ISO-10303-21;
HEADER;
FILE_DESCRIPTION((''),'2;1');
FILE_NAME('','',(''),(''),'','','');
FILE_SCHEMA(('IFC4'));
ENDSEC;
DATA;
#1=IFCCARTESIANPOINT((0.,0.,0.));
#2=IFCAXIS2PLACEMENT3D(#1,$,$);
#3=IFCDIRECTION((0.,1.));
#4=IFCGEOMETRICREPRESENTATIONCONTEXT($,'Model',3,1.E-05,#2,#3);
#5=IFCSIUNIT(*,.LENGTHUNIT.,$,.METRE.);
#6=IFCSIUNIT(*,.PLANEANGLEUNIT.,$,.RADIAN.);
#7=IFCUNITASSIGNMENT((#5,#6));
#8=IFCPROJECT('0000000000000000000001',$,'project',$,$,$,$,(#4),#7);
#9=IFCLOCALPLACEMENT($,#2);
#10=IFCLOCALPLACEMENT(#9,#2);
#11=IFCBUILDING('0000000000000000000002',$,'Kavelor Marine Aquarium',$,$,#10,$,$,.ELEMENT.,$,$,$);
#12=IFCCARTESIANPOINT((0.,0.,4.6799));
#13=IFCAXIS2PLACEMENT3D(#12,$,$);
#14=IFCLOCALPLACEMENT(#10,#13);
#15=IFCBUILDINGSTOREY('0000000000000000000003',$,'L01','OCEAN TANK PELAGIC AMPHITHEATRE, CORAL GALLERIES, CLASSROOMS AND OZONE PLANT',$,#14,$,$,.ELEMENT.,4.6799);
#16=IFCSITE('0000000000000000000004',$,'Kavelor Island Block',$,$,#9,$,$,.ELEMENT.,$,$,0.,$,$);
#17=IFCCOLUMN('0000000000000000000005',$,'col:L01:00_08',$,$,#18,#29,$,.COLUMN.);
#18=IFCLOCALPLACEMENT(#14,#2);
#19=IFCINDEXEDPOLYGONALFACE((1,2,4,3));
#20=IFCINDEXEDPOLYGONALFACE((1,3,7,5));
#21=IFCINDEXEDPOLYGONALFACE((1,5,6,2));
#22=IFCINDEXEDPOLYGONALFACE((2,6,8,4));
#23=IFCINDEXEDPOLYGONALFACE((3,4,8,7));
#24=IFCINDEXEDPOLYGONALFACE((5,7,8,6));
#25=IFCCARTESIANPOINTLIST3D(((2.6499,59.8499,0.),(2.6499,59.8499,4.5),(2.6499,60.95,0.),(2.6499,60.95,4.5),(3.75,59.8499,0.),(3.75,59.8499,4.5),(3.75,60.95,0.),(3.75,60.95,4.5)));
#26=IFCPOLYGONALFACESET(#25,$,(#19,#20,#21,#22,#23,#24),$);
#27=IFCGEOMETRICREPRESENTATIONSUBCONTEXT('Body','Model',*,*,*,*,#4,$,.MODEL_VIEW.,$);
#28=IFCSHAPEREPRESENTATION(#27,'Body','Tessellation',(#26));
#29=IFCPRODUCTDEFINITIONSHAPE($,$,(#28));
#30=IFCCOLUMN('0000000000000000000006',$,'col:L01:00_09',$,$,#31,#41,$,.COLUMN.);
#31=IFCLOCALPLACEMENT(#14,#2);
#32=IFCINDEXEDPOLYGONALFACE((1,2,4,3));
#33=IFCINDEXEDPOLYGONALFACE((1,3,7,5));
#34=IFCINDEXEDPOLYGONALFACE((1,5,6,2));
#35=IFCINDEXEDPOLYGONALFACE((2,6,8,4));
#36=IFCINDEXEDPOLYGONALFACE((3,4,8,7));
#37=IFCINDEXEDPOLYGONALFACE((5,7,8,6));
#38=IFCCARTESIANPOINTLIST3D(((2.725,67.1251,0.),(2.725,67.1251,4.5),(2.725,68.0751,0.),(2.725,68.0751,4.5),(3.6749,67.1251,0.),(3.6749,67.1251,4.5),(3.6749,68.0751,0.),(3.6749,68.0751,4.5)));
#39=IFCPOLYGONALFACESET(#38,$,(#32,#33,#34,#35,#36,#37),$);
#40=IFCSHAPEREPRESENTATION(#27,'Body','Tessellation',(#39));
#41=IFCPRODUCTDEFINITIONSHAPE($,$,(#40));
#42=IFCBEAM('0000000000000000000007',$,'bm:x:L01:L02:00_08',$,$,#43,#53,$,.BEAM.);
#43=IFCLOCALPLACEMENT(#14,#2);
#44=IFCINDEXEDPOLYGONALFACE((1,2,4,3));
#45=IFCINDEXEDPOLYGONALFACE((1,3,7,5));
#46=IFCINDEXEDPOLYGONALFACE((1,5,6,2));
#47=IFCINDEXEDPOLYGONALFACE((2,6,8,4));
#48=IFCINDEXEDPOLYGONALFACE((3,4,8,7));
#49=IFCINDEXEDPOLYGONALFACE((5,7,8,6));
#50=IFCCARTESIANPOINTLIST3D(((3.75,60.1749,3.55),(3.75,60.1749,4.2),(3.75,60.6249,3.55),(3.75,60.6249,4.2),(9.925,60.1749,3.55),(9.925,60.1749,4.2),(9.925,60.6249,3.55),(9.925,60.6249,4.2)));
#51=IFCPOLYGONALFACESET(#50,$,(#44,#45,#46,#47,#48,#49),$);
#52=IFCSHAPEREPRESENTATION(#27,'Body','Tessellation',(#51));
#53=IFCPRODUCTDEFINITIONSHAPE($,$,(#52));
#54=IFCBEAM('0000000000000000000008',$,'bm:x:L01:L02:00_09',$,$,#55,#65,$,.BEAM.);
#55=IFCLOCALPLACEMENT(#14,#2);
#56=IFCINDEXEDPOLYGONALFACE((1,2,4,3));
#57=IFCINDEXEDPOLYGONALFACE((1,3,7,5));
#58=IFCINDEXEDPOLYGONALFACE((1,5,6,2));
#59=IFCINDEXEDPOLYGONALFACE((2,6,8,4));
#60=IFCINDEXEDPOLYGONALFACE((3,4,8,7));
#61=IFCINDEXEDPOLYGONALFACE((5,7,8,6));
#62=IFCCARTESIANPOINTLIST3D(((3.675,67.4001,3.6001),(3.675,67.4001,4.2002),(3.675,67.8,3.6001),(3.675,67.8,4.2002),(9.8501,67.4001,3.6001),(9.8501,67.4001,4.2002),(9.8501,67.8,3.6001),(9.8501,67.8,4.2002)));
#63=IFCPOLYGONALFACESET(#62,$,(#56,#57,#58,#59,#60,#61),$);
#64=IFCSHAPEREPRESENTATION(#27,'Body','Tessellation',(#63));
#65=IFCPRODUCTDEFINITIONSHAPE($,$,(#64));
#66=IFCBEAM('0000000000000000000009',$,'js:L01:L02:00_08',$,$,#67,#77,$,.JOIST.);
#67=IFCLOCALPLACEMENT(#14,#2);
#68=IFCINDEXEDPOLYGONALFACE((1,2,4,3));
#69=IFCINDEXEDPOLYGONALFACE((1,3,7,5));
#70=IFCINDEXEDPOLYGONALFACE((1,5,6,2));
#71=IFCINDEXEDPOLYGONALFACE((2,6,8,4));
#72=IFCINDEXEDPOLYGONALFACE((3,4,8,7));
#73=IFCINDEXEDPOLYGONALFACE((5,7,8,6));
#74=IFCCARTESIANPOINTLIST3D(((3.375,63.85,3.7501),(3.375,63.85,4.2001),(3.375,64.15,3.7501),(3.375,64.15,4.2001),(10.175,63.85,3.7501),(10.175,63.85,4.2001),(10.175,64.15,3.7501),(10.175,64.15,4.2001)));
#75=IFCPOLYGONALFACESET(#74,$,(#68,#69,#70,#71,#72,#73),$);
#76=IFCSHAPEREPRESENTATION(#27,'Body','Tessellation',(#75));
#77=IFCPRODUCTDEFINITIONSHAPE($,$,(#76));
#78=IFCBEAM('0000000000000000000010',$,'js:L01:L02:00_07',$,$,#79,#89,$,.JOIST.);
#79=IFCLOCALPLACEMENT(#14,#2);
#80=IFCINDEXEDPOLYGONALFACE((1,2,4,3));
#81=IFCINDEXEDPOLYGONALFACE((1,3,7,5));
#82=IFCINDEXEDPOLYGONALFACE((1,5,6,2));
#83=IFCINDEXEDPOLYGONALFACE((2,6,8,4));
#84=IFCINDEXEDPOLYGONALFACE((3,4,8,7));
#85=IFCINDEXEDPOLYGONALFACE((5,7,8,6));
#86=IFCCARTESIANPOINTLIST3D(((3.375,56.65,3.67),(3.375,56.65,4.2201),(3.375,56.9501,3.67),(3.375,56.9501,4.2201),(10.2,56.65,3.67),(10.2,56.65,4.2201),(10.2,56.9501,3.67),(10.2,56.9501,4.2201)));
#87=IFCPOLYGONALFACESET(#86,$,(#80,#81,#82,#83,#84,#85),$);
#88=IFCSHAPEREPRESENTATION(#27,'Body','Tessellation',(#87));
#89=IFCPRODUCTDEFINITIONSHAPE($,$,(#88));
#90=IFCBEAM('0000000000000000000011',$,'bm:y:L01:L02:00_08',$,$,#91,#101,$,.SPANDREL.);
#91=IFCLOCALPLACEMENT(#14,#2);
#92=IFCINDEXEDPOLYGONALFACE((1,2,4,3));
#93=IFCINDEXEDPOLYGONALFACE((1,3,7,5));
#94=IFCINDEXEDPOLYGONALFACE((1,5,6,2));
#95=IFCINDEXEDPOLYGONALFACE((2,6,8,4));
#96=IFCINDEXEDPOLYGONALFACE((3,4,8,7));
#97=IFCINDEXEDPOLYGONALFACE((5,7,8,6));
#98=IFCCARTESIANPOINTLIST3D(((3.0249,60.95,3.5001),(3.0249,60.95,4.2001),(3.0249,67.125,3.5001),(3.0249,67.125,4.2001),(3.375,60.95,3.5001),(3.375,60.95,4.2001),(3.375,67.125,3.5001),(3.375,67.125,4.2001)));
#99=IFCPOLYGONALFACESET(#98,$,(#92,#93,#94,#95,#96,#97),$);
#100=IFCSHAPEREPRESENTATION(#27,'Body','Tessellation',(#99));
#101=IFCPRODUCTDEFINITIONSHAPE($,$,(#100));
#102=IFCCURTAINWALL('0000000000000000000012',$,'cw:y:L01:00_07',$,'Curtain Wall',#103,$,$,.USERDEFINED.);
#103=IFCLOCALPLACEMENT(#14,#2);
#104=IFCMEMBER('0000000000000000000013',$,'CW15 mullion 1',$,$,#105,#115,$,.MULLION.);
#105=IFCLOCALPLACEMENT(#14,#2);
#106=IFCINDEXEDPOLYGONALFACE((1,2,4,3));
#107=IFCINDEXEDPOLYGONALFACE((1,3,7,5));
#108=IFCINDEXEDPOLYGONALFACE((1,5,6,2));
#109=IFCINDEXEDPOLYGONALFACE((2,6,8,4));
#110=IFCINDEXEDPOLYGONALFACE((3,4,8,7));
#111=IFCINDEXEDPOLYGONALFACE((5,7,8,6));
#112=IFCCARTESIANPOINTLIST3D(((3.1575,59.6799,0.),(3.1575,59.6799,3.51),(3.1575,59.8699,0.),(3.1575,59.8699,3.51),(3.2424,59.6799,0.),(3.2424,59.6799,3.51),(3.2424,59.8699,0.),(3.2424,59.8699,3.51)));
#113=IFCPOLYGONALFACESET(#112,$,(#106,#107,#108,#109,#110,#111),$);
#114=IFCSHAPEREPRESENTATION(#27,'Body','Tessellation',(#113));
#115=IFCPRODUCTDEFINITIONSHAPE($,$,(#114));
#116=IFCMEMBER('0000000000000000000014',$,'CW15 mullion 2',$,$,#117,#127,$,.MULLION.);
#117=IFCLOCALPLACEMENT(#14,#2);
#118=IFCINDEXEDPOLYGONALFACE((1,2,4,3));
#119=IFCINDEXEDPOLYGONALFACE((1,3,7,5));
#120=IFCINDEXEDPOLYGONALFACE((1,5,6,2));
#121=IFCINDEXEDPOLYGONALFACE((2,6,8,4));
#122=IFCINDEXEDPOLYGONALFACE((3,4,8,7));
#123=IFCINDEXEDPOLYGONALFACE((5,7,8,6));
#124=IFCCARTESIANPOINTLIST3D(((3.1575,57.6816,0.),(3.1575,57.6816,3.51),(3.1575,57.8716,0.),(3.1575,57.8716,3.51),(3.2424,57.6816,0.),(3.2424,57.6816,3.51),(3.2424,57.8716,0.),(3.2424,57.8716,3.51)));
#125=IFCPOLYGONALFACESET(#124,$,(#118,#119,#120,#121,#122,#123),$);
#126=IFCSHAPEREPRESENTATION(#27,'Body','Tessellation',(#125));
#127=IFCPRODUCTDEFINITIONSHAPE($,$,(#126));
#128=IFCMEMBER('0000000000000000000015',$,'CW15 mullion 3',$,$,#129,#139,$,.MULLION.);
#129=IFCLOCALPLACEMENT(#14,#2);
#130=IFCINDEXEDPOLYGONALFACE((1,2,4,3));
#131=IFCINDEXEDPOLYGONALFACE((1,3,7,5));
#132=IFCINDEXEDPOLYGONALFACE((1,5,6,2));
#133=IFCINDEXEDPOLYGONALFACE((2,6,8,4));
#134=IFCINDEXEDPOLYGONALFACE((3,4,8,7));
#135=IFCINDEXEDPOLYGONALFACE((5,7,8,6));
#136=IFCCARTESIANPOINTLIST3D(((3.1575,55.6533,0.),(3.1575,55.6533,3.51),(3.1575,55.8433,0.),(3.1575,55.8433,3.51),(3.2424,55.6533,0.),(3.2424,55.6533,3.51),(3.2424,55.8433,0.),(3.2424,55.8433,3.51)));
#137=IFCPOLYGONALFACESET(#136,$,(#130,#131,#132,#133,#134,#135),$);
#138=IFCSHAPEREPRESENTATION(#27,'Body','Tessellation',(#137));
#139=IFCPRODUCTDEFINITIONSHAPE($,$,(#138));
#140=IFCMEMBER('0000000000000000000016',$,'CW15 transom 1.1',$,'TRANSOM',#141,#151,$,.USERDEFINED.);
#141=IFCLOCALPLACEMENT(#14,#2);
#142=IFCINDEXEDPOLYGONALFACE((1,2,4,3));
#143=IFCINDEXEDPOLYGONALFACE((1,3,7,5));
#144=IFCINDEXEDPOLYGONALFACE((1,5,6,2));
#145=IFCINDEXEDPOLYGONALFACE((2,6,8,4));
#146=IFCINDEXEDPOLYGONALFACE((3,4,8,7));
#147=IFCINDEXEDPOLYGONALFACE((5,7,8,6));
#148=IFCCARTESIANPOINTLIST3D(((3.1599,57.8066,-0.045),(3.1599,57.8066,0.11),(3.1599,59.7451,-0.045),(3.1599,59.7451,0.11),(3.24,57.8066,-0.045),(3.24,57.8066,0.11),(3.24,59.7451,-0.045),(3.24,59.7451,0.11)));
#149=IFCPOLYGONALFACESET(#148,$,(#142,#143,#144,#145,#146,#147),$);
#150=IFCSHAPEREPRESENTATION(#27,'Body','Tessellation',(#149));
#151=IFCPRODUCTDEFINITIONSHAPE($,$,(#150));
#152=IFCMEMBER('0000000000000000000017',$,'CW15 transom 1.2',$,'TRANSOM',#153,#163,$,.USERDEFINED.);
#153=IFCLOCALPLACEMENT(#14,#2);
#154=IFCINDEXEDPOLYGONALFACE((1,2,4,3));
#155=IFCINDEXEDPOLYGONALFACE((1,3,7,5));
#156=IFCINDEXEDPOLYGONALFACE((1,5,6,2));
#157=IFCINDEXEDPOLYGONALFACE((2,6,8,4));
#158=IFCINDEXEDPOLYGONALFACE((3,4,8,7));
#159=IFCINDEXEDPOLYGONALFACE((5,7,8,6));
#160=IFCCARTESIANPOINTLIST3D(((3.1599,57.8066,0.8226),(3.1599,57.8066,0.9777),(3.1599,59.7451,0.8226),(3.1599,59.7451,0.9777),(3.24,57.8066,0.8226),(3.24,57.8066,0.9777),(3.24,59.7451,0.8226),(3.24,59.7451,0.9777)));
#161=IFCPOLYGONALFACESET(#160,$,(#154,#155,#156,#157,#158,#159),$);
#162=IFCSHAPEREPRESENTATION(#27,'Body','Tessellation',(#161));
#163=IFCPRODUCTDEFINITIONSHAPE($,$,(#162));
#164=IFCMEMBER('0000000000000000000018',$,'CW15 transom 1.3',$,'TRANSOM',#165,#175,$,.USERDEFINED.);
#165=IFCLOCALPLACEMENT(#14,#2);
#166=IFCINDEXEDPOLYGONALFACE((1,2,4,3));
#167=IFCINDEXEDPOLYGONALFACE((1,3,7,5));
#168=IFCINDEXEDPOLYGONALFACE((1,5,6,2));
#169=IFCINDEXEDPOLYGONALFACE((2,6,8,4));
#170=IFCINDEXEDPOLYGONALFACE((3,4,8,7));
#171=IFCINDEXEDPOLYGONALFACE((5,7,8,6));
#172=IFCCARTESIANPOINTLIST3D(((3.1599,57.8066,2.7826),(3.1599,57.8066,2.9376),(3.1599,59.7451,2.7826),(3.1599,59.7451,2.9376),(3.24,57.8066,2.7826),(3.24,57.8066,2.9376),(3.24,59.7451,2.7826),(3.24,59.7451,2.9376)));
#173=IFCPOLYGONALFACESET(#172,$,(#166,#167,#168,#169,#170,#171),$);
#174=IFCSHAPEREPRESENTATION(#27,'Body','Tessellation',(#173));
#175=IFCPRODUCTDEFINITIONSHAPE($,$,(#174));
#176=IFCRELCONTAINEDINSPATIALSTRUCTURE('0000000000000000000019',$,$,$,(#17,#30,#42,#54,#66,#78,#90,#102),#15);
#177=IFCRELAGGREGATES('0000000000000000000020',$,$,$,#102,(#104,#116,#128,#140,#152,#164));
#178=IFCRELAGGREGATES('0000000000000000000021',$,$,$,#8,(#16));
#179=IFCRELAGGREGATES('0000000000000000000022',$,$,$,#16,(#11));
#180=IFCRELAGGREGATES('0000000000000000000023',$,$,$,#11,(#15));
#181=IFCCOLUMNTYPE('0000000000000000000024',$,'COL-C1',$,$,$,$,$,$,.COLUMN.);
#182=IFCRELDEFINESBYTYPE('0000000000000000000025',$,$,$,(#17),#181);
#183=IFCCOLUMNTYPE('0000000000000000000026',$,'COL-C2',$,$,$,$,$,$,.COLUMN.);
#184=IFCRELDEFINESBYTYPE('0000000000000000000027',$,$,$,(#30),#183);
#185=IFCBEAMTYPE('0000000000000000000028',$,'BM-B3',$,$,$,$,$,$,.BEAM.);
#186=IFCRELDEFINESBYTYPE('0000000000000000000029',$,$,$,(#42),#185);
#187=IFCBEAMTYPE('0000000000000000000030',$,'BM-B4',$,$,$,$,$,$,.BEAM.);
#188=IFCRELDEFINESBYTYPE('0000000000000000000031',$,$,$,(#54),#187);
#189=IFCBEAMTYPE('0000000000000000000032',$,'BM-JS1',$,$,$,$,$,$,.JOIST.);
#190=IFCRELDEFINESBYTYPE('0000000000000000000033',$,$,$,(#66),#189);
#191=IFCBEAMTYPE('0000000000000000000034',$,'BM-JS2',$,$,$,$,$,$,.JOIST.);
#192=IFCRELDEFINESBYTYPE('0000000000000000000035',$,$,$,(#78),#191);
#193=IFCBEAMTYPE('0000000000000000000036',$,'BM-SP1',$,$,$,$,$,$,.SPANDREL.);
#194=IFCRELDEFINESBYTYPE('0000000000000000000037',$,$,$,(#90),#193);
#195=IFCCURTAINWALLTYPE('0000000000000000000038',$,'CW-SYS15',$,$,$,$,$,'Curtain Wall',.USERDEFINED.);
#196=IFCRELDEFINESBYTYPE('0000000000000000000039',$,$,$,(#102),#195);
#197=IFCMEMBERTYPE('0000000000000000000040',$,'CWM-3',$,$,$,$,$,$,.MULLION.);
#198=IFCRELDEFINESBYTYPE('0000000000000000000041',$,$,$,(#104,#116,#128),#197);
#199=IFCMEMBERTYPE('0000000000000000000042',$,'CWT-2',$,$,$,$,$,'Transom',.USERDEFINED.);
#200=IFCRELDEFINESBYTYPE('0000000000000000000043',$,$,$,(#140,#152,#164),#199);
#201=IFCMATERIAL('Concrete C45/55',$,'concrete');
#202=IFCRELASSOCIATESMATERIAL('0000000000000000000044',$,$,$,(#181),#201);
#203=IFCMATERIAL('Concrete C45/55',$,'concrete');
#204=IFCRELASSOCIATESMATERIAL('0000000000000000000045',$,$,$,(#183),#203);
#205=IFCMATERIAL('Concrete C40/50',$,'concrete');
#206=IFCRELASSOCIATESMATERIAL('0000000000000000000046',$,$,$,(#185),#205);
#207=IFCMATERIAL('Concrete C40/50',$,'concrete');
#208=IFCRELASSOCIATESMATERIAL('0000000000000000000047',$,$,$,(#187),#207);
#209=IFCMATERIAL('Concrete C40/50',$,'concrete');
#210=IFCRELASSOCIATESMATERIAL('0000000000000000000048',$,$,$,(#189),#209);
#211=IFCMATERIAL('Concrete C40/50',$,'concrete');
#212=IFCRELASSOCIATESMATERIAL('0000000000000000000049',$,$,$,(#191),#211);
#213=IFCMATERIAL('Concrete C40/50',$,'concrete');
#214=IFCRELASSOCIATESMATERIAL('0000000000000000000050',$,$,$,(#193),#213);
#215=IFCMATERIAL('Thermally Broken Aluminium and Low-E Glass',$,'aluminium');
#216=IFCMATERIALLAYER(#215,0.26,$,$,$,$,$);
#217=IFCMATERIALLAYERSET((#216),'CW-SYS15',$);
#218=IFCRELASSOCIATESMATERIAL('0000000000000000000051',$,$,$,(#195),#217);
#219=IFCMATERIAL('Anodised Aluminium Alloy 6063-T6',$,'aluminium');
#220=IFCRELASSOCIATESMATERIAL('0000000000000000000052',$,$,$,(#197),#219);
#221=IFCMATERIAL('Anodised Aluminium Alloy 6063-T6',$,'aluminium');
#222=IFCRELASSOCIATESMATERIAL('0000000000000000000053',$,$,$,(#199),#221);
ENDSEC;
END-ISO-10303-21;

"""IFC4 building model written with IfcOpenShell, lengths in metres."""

from ifc_helpers import new_model, si_unit, direction, frame, origin, origin_2d, place, context, subcontext, project, spatial, rectangle, extrude, material, layer, layer_set, material_profile, profile_set, type_object, element, aggregate, save


model = new_model("IFC4")

# Units and contexts
model_context = context("Model", 3, precision=1e-05, world=origin(), true_north=direction((0.0, 1.0)))
body_context = subcontext(model_context, "Body", "Model", "MODEL_VIEW")
ifc_project = project(units=[si_unit("LENGTHUNIT", "METRE"), si_unit("PLANEANGLEUNIT", "RADIAN")], contexts=[model_context])

# Site, building, storey
site_placement = place(None, origin())
site = spatial("IfcSite", under=ifc_project, at=site_placement, Name="Kavelor Island Block", CompositionType="ELEMENT", RefElevation=0.0)
building_placement = place(site_placement, origin())
building = spatial("IfcBuilding", under=site, at=building_placement, Name="Kavelor Marine Aquarium", CompositionType="ELEMENT")
storey_placement = place(building_placement, frame((0.0, 0.0, 4.6799)))
storey = spatial("IfcBuildingStorey", under=building, at=storey_placement, Name="L01", Description="OCEAN TANK PELAGIC AMPHITHEATRE, CORAL GALLERIES, CLASSROOMS AND OZONE PLANT", CompositionType="ELEMENT", Elevation=4.6799)

# Columns
ifc_material_1 = material(Name="Concrete C45/55", Category="concrete")
ifc_material_profile_1 = material_profile(ifc_material_1, rectangle(XDim=1.1001, YDim=1.1001, at=origin_2d()), Name="RC-COL 1100x1100")
ifc_profile_set_1 = profile_set([ifc_material_profile_1], Name="Concrete C45/55")
column_type_1 = type_object("IfcColumnType", Name="COL-C1", PredefinedType="COLUMN", material=ifc_profile_set_1)
column_1_placement = place(storey_placement, frame((3.2, 60.3999, 0.0), z_axis=(0.0, 0.0, 1.0), x_axis=(1.0, 0.0, 0.0)))
element("IfcColumn", 1, at=column_1_placement, inside=storey, type_object=column_type_1, Name="col:L01:00_08", PredefinedType="COLUMN", context=body_context, shape_type="SweptSolid", body=[
    extrude(rectangle(XDim=1.1001, YDim=1.1001, at=origin_2d()), origin(), (0.0, 0.0, 1.0), 4.5),
])
ifc_material_2 = material(Name="Concrete C45/55", Category="concrete")
ifc_material_profile_2 = material_profile(ifc_material_2, rectangle(XDim=0.95, YDim=0.95, at=origin_2d()), Name="RC-COL 950x950")
ifc_profile_set_2 = profile_set([ifc_material_profile_2], Name="Concrete C45/55")
column_type_2 = type_object("IfcColumnType", Name="COL-C2", PredefinedType="COLUMN", material=ifc_profile_set_2)
column_2_placement = place(storey_placement, frame((3.2, 67.6001, 0.0), z_axis=(0.0, 0.0, 1.0), x_axis=(1.0, 0.0, 0.0)))
element("IfcColumn", 2, at=column_2_placement, inside=storey, type_object=column_type_2, Name="col:L01:00_09", PredefinedType="COLUMN", context=body_context, shape_type="SweptSolid", body=[
    extrude(rectangle(XDim=0.95, YDim=0.95, at=origin_2d()), origin(), (0.0, 0.0, 1.0), 4.5),
])

# Beams
ifc_material_3 = material(Name="Concrete C40/50", Category="concrete")
ifc_material_profile_3 = material_profile(ifc_material_3, rectangle(XDim=0.45, YDim=0.6499, at=origin_2d()), Name="RC-BM 450x650")
ifc_profile_set_3 = profile_set([ifc_material_profile_3], Name="Concrete C40/50")
beam_type_1 = type_object("IfcBeamType", Name="BM-B3", PredefinedType="BEAM", material=ifc_profile_set_3)
beam_1_placement = place(storey_placement, frame((3.75, 60.3999, 3.875), z_axis=(1.0, 0.0, 0.0), x_axis=(0.0, 1.0, 0.0)))
element("IfcBeam", 3, at=beam_1_placement, inside=storey, type_object=beam_type_1, Name="bm:x:L01:L02:00_08", PredefinedType="BEAM", context=body_context, shape_type="SweptSolid", body=[
    extrude(rectangle(XDim=0.45, YDim=0.6499, at=origin_2d()), origin(), (0.0, 0.0, 1.0), 6.175),
])
ifc_material_4 = material(Name="Concrete C40/50", Category="concrete")
ifc_material_profile_4 = material_profile(ifc_material_4, rectangle(XDim=0.3999, YDim=0.6001, at=origin_2d()), Name="RC-BM 400x600")
ifc_profile_set_4 = profile_set([ifc_material_profile_4], Name="Concrete C40/50")
beam_type_2 = type_object("IfcBeamType", Name="BM-B4", PredefinedType="BEAM", material=ifc_profile_set_4)
beam_2_placement = place(storey_placement, frame((3.675, 67.6001, 3.9001), z_axis=(1.0, 0.0, 0.0), x_axis=(0.0, 1.0, 0.0)))
element("IfcBeam", 4, at=beam_2_placement, inside=storey, type_object=beam_type_2, Name="bm:x:L01:L02:00_09", PredefinedType="BEAM", context=body_context, shape_type="SweptSolid", body=[
    extrude(rectangle(XDim=0.3999, YDim=0.6001, at=origin_2d()), origin(), (0.0, 0.0, 1.0), 6.175),
])
ifc_material_5 = material(Name="Concrete C40/50", Category="concrete")
ifc_material_profile_5 = material_profile(ifc_material_5, rectangle(XDim=0.3, YDim=0.45, at=origin_2d()), Name="RC-JS 300x450")
ifc_profile_set_5 = profile_set([ifc_material_profile_5], Name="Concrete C40/50")
beam_type_3 = type_object("IfcBeamType", Name="BM-JS1", PredefinedType="JOIST", material=ifc_profile_set_5)
beam_3_placement = place(storey_placement, frame((3.375, 64.0, 3.9751), z_axis=(1.0, 0.0, 0.0), x_axis=(0.0, 1.0, 0.0)))
element("IfcBeam", 5, at=beam_3_placement, inside=storey, type_object=beam_type_3, Name="js:L01:L02:00_08", PredefinedType="JOIST", context=body_context, shape_type="SweptSolid", body=[
    extrude(rectangle(XDim=0.3, YDim=0.45, at=origin_2d()), origin(), (0.0, 0.0, 1.0), 6.8),
])
ifc_material_6 = material(Name="Concrete C40/50", Category="concrete")
ifc_material_profile_6 = material_profile(ifc_material_6, rectangle(XDim=0.3, YDim=0.55, at=origin_2d()), Name="RC-JS 300x550")
ifc_profile_set_6 = profile_set([ifc_material_profile_6], Name="Concrete C40/50")
beam_type_4 = type_object("IfcBeamType", Name="BM-JS2", PredefinedType="JOIST", material=ifc_profile_set_6)
beam_4_placement = place(storey_placement, frame((3.375, 56.8, 3.9451), z_axis=(1.0, 0.0, 0.0), x_axis=(0.0, 1.0, 0.0)))
element("IfcBeam", 6, at=beam_4_placement, inside=storey, type_object=beam_type_4, Name="js:L01:L02:00_07", PredefinedType="JOIST", context=body_context, shape_type="SweptSolid", body=[
    extrude(rectangle(XDim=0.3, YDim=0.55, at=origin_2d()), origin(), (0.0, 0.0, 1.0), 6.825),
])
ifc_material_7 = material(Name="Concrete C40/50", Category="concrete")
ifc_material_profile_7 = material_profile(ifc_material_7, rectangle(XDim=0.3501, YDim=0.7, at=origin_2d()), Name="RC-SP 350x700")
ifc_profile_set_7 = profile_set([ifc_material_profile_7], Name="Concrete C40/50")
beam_type_5 = type_object("IfcBeamType", Name="BM-SP1", PredefinedType="SPANDREL", material=ifc_profile_set_7)
beam_5_placement = place(storey_placement, frame((3.2, 60.95, 3.8501), z_axis=(0.0, 1.0, 0.0), x_axis=(-1.0, 0.0, 0.0)))
element("IfcBeam", 7, at=beam_5_placement, inside=storey, type_object=beam_type_5, Name="bm:y:L01:L02:00_08", PredefinedType="SPANDREL", context=body_context, shape_type="SweptSolid", body=[
    extrude(rectangle(XDim=0.3501, YDim=0.7, at=origin_2d()), origin(), (0.0, 0.0, 1.0), 6.175),
])

# Curtain wall, members
ifc_material_8 = material(Name="Thermally Broken Aluminium and Low-E Glass", Category="aluminium")
ifc_layer_1 = layer(ifc_material_8, 0.26)
ifc_layer_set_1 = layer_set([ifc_layer_1], Name="CW-SYS15")
curtain_wall_type = type_object("IfcCurtainWallType", Name="CW-SYS15", ElementType="Curtain Wall", PredefinedType="USERDEFINED", material=ifc_layer_set_1)
curtain_wall_placement = place(storey_placement, origin())
curtain_wall = element("IfcCurtainWall", 8, at=curtain_wall_placement, inside=storey, type_object=curtain_wall_type, Name="cw:y:L01:00_07", ObjectType="Curtain Wall", PredefinedType="USERDEFINED")
ifc_material_9 = material(Name="Anodised Aluminium Alloy 6063-T6", Category="aluminium")
ifc_material_profile_8 = material_profile(ifc_material_9, rectangle(XDim=0.085, YDim=0.1899, at=origin_2d()), Name="CW-MUL 85x190")
ifc_profile_set_8 = profile_set([ifc_material_profile_8], Name="Anodised Aluminium Alloy 6063-T6")
member_type_1 = type_object("IfcMemberType", Name="CWM-3", PredefinedType="MULLION", material=ifc_profile_set_8)
member_1_placement = place(storey_placement, frame((3.2, 59.7749, 0.0), z_axis=(0.0, 0.0, 1.0), x_axis=(1.0, 0.0, 0.0)))
member_1 = element("IfcMember", 9, at=member_1_placement, type_object=member_type_1, Name="CW15 mullion 1", PredefinedType="MULLION", context=body_context, shape_type="SweptSolid", body=[
    extrude(rectangle(XDim=0.085, YDim=0.1899, at=origin_2d()), origin(), (0.0, 0.0, 1.0), 3.51),
])
member_2_placement = place(storey_placement, frame((3.2, 57.7766, 0.0), z_axis=(0.0, 0.0, 1.0), x_axis=(1.0, 0.0, 0.0)))
member_2 = element("IfcMember", 10, at=member_2_placement, type_object=member_type_1, Name="CW15 mullion 2", PredefinedType="MULLION", context=body_context, shape_type="SweptSolid", body=[
    extrude(rectangle(XDim=0.085, YDim=0.1899, at=origin_2d()), origin(), (0.0, 0.0, 1.0), 3.51),
])
member_3_placement = place(storey_placement, frame((3.2, 55.7483, 0.0), z_axis=(0.0, 0.0, 1.0), x_axis=(1.0, 0.0, 0.0)))
member_3 = element("IfcMember", 11, at=member_3_placement, type_object=member_type_1, Name="CW15 mullion 3", PredefinedType="MULLION", context=body_context, shape_type="SweptSolid", body=[
    extrude(rectangle(XDim=0.085, YDim=0.1899, at=origin_2d()), origin(), (0.0, 0.0, 1.0), 3.51),
])
ifc_material_10 = material(Name="Anodised Aluminium Alloy 6063-T6", Category="aluminium")
ifc_material_profile_9 = material_profile(ifc_material_10, rectangle(XDim=0.0801, YDim=0.155, at=origin_2d()), Name="CW-TRN 80x155")
ifc_profile_set_9 = profile_set([ifc_material_profile_9], Name="Anodised Aluminium Alloy 6063-T6")
member_type_2 = type_object("IfcMemberType", Name="CWT-2", ElementType="Transom", PredefinedType="USERDEFINED", material=ifc_profile_set_9)
member_4_placement = place(storey_placement, frame((3.2, 59.7451, 0.0325), z_axis=(0.0, -1.0, 0.0), x_axis=(1.0, 0.0, 0.0)))
member_4 = element("IfcMember", 12, at=member_4_placement, type_object=member_type_2, Name="CW15 transom 1.1", ObjectType="TRANSOM", PredefinedType="USERDEFINED", context=body_context, shape_type="SweptSolid", body=[
    extrude(rectangle(XDim=0.0801, YDim=0.155, at=origin_2d()), origin(), (0.0, 0.0, 1.0), 1.9385),
])
member_5_placement = place(storey_placement, frame((3.2, 59.7451, 0.9001), z_axis=(0.0, -1.0, 0.0), x_axis=(1.0, 0.0, 0.0)))
member_5 = element("IfcMember", 13, at=member_5_placement, type_object=member_type_2, Name="CW15 transom 1.2", ObjectType="TRANSOM", PredefinedType="USERDEFINED", context=body_context, shape_type="SweptSolid", body=[
    extrude(rectangle(XDim=0.0801, YDim=0.155, at=origin_2d()), origin(), (0.0, 0.0, 1.0), 1.9385),
])
member_6_placement = place(storey_placement, frame((3.2, 59.7451, 2.8601), z_axis=(0.0, -1.0, 0.0), x_axis=(1.0, 0.0, 0.0)))
member_6 = element("IfcMember", 14, at=member_6_placement, type_object=member_type_2, Name="CW15 transom 1.3", ObjectType="TRANSOM", PredefinedType="USERDEFINED", context=body_context, shape_type="SweptSolid", body=[
    extrude(rectangle(XDim=0.0801, YDim=0.155, at=origin_2d()), origin(), (0.0, 0.0, 1.0), 1.9385),
])
aggregate(curtain_wall, [member_1, member_2, member_3, member_4, member_5, member_6])

save(model, "model.ifc")
